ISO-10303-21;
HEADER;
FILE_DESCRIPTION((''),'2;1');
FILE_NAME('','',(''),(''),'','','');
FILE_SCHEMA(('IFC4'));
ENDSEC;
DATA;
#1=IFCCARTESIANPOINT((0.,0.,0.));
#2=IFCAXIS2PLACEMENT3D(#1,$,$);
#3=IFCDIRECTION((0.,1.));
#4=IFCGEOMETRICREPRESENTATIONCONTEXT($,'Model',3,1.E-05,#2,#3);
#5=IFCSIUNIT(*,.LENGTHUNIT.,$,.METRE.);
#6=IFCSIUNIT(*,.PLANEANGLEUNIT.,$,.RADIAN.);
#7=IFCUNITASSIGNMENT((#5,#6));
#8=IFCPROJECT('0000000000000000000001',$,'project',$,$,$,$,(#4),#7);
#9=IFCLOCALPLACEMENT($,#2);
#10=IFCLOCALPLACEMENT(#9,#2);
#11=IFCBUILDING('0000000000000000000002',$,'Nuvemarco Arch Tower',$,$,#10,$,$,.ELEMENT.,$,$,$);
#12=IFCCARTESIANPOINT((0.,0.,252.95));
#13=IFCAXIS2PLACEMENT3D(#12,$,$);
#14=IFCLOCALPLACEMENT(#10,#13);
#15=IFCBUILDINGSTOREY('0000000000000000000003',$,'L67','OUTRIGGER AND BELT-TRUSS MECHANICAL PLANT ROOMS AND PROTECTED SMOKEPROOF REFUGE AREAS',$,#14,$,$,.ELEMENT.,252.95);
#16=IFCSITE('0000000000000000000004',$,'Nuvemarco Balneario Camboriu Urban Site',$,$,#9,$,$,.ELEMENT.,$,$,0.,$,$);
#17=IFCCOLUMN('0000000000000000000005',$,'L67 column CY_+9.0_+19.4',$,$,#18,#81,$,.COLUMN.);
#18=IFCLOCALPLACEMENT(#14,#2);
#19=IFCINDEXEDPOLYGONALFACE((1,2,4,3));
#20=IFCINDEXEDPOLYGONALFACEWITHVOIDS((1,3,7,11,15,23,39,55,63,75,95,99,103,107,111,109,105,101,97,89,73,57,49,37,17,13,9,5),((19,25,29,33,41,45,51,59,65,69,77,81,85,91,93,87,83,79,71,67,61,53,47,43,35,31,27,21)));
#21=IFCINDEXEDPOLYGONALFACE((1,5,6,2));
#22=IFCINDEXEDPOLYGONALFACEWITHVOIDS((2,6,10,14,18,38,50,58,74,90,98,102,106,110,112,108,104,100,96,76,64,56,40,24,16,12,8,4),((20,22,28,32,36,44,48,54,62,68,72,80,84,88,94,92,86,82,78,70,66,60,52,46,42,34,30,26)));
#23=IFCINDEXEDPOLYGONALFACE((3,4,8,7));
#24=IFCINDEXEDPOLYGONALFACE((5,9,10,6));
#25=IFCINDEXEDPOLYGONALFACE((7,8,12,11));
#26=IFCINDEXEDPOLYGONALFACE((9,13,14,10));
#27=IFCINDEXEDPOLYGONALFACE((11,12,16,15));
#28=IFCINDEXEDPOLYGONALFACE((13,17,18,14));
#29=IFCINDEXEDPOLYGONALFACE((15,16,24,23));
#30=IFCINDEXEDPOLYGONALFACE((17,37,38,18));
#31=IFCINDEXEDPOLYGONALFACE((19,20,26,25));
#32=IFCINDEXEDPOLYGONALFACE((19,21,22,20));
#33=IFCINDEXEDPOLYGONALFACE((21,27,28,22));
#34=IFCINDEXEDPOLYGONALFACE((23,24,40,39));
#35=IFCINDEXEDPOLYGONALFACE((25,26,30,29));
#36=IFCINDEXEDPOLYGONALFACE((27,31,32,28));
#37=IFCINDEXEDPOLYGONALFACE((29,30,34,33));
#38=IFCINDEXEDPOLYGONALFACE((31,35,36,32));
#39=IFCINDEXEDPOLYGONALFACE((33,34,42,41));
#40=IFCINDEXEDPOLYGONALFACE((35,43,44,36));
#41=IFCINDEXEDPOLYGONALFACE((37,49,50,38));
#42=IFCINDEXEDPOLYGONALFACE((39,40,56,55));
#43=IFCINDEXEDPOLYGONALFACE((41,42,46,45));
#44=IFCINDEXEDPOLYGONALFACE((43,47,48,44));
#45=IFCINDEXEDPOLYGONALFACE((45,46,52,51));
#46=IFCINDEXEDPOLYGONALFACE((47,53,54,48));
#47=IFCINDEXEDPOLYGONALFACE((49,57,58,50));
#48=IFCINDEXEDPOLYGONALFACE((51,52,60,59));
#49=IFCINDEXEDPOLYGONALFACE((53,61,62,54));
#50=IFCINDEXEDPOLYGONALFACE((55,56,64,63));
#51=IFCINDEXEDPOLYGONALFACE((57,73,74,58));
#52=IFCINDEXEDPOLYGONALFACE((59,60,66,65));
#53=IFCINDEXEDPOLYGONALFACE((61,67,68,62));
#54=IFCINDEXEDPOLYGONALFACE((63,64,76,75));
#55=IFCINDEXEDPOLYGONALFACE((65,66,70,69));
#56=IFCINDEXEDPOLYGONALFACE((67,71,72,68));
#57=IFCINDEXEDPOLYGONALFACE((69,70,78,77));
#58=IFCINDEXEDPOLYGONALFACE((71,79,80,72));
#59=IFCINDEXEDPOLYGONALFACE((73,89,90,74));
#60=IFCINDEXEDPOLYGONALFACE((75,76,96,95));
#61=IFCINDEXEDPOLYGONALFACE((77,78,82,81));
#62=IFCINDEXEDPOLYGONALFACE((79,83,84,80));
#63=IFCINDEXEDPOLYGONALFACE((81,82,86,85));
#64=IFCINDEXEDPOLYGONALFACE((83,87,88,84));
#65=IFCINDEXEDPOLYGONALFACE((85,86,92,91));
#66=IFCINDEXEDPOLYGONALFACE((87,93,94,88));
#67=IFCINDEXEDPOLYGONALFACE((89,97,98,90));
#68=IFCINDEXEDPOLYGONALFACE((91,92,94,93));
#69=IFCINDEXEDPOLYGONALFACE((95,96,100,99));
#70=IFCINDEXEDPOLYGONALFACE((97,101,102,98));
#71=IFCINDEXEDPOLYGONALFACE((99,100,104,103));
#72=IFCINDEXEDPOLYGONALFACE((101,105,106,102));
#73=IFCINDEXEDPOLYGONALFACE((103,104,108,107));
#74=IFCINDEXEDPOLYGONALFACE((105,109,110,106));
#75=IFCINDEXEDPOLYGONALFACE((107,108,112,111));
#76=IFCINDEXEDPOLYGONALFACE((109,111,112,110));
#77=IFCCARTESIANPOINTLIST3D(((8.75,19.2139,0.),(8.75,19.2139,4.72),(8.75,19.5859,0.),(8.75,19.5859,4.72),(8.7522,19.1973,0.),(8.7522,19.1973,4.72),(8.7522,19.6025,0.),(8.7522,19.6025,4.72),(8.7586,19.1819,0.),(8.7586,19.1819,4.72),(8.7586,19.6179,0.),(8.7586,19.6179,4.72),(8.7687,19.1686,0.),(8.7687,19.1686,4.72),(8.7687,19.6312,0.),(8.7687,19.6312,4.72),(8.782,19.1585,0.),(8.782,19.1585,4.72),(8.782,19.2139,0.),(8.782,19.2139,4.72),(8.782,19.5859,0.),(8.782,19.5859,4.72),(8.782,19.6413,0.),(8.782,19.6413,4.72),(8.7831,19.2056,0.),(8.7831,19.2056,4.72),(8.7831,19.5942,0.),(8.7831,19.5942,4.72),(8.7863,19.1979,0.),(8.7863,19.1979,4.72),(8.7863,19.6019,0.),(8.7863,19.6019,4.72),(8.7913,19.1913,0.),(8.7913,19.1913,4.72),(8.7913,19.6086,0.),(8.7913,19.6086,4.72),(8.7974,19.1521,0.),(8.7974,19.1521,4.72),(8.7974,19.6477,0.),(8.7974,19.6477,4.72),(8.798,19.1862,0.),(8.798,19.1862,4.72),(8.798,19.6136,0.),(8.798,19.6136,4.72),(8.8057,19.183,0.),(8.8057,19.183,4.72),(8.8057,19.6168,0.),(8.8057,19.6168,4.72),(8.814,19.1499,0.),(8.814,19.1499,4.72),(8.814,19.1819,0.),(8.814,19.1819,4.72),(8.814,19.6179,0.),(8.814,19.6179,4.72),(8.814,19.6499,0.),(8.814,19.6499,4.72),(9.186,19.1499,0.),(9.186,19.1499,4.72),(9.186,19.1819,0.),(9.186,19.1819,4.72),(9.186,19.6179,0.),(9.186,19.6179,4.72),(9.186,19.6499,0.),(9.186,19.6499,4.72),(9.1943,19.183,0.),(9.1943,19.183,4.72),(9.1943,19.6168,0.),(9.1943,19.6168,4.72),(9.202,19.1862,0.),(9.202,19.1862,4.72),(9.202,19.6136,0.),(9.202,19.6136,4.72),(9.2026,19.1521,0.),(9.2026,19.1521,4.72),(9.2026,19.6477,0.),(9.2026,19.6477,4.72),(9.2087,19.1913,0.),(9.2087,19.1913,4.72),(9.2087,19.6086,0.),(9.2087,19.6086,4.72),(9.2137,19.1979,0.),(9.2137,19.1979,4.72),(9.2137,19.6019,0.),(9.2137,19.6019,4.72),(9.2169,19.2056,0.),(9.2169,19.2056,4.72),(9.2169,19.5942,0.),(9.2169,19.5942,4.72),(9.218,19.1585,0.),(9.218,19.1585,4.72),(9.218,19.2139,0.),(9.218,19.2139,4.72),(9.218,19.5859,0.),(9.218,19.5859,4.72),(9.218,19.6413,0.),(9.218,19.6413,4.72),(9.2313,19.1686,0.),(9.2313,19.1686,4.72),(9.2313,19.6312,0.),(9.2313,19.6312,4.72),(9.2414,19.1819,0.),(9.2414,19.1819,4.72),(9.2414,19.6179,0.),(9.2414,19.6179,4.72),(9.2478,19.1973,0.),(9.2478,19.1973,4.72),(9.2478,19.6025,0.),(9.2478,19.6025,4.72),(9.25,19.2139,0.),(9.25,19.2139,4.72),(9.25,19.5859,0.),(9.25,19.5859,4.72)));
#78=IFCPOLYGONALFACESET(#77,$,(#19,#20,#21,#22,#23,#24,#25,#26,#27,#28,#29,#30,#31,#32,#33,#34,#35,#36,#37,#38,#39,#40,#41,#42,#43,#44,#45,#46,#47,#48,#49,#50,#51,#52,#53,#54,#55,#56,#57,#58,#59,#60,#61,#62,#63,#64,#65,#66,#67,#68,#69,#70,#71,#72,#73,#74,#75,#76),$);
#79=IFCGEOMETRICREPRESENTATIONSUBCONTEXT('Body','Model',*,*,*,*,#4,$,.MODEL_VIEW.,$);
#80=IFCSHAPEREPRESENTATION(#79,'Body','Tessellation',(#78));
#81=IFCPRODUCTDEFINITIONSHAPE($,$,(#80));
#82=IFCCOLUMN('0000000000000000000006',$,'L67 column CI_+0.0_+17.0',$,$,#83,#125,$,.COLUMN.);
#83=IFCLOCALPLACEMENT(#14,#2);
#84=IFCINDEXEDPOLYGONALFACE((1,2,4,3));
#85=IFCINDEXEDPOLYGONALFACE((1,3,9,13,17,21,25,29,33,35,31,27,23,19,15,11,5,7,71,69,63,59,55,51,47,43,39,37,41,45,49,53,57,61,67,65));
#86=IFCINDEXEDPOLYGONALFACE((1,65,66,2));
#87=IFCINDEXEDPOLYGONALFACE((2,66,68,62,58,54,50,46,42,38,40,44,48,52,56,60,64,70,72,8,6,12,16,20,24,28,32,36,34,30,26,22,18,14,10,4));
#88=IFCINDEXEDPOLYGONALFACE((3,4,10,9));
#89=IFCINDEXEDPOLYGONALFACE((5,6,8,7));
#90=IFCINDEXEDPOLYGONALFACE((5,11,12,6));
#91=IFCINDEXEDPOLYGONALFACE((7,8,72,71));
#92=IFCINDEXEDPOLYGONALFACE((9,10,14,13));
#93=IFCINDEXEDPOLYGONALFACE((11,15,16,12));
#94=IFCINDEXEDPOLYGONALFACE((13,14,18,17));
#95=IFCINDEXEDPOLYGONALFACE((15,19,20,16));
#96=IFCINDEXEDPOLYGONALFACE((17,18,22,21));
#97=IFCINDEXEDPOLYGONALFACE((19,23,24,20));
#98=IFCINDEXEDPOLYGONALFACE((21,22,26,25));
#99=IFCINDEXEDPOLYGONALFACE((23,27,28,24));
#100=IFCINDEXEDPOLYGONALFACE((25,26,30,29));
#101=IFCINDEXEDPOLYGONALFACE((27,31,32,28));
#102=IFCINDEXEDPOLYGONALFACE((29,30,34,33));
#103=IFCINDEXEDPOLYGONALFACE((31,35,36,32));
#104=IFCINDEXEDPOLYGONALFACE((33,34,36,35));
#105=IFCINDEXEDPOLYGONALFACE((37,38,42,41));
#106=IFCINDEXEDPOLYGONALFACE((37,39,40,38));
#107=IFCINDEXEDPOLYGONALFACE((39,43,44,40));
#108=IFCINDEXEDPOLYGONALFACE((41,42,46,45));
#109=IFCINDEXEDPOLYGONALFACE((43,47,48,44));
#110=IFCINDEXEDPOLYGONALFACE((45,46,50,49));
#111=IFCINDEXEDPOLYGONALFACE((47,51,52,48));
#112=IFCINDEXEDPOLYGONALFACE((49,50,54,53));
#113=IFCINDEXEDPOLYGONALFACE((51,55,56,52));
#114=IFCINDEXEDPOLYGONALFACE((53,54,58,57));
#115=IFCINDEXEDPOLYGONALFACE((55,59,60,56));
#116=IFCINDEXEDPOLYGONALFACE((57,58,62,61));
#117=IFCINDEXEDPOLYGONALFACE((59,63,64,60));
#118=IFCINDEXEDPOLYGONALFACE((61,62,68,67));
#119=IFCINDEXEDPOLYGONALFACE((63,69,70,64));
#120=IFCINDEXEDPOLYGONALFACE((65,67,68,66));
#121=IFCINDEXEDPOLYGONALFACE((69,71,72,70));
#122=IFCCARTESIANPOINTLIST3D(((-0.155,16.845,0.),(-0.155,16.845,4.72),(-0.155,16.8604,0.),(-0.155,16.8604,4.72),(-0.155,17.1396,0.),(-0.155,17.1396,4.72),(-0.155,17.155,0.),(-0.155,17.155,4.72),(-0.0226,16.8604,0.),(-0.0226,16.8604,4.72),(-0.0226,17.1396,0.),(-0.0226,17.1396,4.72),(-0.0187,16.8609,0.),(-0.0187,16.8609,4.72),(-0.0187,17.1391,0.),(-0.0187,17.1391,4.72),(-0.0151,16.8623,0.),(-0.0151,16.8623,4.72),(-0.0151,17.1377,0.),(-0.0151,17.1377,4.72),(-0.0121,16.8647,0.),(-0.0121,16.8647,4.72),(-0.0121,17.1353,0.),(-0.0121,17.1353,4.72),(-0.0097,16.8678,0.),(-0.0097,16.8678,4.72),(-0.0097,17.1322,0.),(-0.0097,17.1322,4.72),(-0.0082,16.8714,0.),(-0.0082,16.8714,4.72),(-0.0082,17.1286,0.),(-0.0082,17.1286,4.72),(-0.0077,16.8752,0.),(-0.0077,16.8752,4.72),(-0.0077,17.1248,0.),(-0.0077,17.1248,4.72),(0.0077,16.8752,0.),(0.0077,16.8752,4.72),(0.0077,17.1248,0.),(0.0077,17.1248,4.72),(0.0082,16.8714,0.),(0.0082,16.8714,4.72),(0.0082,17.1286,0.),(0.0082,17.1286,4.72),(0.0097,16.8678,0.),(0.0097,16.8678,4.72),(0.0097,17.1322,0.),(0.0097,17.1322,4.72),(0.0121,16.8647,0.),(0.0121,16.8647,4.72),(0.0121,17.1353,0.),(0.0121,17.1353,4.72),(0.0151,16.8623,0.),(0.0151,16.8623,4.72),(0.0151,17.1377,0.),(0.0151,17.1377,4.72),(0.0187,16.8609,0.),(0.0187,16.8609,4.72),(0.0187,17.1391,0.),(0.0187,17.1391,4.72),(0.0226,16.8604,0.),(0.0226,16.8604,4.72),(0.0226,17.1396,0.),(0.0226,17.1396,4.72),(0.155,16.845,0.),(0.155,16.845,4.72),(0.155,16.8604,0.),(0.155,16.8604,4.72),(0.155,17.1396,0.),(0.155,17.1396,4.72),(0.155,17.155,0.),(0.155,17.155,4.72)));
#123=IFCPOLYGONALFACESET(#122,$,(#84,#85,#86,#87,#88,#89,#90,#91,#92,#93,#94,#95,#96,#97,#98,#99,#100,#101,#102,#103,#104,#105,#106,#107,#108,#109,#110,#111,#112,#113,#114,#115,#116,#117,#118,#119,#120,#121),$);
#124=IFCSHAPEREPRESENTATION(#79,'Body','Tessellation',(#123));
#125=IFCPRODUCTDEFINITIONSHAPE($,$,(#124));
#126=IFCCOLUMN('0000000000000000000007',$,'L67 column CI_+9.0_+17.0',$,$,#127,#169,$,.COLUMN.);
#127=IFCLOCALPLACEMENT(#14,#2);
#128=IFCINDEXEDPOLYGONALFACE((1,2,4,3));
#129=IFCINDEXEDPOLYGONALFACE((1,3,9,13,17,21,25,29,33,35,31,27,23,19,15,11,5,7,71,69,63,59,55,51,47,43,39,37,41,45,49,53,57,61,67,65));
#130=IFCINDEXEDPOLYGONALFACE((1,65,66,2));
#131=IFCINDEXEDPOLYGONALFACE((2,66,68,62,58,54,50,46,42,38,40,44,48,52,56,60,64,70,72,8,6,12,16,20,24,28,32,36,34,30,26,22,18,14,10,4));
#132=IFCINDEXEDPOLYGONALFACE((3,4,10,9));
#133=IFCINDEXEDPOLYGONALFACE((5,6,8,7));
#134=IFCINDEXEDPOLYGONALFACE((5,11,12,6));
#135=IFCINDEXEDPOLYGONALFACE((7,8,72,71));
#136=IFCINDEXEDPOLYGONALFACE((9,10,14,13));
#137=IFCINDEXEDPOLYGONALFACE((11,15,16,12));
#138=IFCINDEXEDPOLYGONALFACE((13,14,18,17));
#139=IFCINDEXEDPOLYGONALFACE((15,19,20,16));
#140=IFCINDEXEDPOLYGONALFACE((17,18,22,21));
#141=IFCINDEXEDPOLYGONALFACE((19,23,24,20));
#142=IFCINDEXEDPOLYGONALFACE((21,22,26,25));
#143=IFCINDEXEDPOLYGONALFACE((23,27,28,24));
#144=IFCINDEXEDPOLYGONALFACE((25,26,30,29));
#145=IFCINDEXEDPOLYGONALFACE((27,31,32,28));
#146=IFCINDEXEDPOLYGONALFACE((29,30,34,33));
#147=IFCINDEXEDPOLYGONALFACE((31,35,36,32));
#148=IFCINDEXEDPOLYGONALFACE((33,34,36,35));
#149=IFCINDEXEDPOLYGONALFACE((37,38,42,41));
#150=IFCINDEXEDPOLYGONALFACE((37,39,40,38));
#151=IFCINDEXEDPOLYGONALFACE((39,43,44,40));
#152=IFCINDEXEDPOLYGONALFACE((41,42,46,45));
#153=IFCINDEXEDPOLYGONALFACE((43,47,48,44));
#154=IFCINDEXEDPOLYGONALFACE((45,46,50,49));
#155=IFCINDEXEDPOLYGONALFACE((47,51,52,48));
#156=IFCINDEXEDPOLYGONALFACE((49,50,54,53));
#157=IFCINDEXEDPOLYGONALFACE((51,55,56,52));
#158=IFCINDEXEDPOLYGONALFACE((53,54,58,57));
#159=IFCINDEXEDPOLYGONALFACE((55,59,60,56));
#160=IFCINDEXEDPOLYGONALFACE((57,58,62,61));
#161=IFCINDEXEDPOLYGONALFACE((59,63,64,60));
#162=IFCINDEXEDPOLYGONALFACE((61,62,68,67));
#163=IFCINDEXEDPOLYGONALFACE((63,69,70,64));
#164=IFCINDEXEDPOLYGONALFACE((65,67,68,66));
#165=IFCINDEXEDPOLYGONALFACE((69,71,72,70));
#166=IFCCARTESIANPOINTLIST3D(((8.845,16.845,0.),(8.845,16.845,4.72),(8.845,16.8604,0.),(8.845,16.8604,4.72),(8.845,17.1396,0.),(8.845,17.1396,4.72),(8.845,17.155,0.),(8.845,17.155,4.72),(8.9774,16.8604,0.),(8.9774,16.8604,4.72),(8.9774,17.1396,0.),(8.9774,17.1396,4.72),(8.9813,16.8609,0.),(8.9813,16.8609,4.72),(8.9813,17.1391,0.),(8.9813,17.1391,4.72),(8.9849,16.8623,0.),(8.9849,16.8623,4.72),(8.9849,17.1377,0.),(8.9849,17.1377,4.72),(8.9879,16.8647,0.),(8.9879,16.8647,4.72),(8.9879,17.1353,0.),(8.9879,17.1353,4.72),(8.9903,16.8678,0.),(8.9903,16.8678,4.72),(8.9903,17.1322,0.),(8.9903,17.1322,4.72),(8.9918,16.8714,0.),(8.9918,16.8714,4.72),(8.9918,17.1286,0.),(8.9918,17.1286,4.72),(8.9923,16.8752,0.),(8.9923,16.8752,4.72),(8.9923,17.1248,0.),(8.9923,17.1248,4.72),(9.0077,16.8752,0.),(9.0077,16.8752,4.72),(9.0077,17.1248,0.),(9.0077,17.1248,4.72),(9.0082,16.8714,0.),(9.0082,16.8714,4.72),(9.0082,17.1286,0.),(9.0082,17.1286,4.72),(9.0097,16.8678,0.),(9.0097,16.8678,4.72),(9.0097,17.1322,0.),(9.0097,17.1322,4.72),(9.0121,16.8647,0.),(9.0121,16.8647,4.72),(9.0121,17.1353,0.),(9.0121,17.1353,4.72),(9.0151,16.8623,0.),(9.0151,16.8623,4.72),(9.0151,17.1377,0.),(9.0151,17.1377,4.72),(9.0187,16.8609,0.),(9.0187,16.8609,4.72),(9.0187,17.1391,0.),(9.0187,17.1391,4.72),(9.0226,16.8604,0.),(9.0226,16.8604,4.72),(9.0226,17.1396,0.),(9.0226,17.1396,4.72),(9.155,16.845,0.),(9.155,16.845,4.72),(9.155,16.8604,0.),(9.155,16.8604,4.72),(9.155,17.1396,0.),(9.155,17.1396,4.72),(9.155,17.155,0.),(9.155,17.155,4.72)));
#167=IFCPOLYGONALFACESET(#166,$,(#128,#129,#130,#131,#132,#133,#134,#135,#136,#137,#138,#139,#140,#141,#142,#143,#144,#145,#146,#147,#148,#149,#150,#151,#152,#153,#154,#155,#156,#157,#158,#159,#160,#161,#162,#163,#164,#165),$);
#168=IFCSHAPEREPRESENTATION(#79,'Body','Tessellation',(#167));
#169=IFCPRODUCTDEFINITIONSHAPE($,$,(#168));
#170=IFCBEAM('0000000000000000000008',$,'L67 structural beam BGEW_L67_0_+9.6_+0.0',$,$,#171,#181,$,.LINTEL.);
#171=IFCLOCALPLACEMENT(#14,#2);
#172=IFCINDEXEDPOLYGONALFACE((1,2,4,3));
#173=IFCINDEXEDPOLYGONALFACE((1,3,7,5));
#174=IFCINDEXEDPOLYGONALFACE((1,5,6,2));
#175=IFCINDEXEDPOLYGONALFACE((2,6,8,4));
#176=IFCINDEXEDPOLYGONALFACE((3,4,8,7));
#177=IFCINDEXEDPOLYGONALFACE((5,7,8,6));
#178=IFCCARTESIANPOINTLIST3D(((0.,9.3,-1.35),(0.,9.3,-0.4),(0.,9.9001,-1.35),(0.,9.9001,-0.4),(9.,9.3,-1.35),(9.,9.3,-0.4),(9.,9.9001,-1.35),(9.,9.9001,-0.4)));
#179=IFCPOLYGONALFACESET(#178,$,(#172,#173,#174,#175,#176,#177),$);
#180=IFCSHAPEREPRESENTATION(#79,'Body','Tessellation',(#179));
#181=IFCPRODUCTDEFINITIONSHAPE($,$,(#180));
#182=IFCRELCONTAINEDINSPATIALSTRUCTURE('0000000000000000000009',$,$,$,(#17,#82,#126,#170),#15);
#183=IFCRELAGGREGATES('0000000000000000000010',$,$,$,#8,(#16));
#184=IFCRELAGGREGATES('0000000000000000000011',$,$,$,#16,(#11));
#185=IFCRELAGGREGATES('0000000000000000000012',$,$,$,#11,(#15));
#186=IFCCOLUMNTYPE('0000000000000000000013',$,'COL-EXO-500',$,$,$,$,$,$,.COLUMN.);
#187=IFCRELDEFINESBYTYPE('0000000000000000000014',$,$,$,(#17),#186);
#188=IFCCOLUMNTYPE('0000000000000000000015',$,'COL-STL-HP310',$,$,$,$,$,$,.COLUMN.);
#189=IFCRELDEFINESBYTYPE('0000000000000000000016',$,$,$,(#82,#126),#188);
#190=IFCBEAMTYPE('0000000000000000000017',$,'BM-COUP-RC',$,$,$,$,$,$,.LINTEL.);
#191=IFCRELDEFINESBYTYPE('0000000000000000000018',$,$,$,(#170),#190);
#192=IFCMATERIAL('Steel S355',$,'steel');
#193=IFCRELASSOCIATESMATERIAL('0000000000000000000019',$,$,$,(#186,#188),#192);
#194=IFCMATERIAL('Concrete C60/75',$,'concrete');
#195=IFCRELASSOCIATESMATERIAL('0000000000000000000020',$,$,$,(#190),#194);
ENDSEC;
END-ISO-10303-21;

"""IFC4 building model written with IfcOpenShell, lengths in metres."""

from ifc_helpers import new_model, si_unit, direction, frame, origin, origin_2d, place, context, subcontext, project, spatial, rectangle, hollow_rectangle, i_section, extrude, material, material_profile, profile_set, type_object, element, save


model = new_model("IFC4")

# Units and contexts
model_context = context("Model", 3, precision=1e-05, world=origin(), true_north=direction((0.0, 1.0)))
body_context = subcontext(model_context, "Body", "Model", "MODEL_VIEW")
ifc_project = project(units=[si_unit("LENGTHUNIT", "METRE"), si_unit("PLANEANGLEUNIT", "RADIAN")], contexts=[model_context])

# Site, building, storey
site_placement = place(None, origin())
site = spatial("IfcSite", under=ifc_project, at=site_placement, Name="Nuvemarco Balneario Camboriu Urban Site", CompositionType="ELEMENT", RefElevation=0.0)
building_placement = place(site_placement, origin())
building = spatial("IfcBuilding", under=site, at=building_placement, Name="Nuvemarco Arch Tower", CompositionType="ELEMENT")
storey_placement = place(building_placement, frame((0.0, 0.0, 252.95)))
storey = spatial("IfcBuildingStorey", under=building, at=storey_placement, Name="L67", Description="OUTRIGGER AND BELT-TRUSS MECHANICAL PLANT ROOMS AND PROTECTED SMOKEPROOF REFUGE AREAS", CompositionType="ELEMENT", Elevation=252.95)

# Columns
ifc_material_1 = material(Name="Steel S355", Category="steel")
ifc_material_profile_1 = material_profile(ifc_material_1, hollow_rectangle(XDim=0.5, YDim=0.5, WallThickness=0.032, InnerFilletRadius=0.032, OuterFilletRadius=0.064, at=origin_2d()), Name="SHS500x500x32")
ifc_profile_set_1 = profile_set([ifc_material_profile_1], Name="Steel S355")
column_type_1 = type_object("IfcColumnType", Name="COL-EXO-500", PredefinedType="COLUMN", material=ifc_profile_set_1)
for number, where, z_axis, x_axis, name in (
    (1, (9.0, 19.3999, 0.0), (0.0, 0.0, 1.0), (1.0, 0.0, 0.0), "L67 column CY_+9.0_+19.4"),
):
    element("IfcColumn", number, at=place(storey_placement, frame(where, z_axis=z_axis, x_axis=x_axis)), inside=storey, type_object=column_type_1, Name=name, PredefinedType="COLUMN", context=body_context, shape_type="SweptSolid", body=[
        extrude(hollow_rectangle(XDim=0.5, YDim=0.5, WallThickness=0.032, InnerFilletRadius=0.032, OuterFilletRadius=0.064, at=origin_2d()), origin(), (0.0, 0.0, 1.0), 4.72),
    ])
ifc_material_profile_2 = material_profile(ifc_material_1, i_section(OverallWidth=0.3101, OverallDepth=0.3101, WebThickness=0.0154, FlangeThickness=0.0154, FilletRadius=0.0149, at=origin_2d()), Name="HP310x110")
ifc_profile_set_2 = profile_set([ifc_material_profile_2], Name="Steel S355")
column_type_2 = type_object("IfcColumnType", Name="COL-STL-HP310", PredefinedType="COLUMN", material=ifc_profile_set_2)
for number, where, z_axis, x_axis, name in (
    (2, (0.0, 17.0, 0.0), (0.0, 0.0, 1.0), (1.0, 0.0, 0.0), "L67 column CI_+0.0_+17.0"),
    (3, (9.0, 17.0, 0.0), (0.0, 0.0, 1.0), (1.0, 0.0, 0.0), "L67 column CI_+9.0_+17.0"),
):
    element("IfcColumn", number, at=place(storey_placement, frame(where, z_axis=z_axis, x_axis=x_axis)), inside=storey, type_object=column_type_2, Name=name, PredefinedType="COLUMN", context=body_context, shape_type="SweptSolid", body=[
        extrude(i_section(OverallWidth=0.3101, OverallDepth=0.3101, WebThickness=0.0154, FlangeThickness=0.0154, FilletRadius=0.0149, at=origin_2d()), origin(), (0.0, 0.0, 1.0), 4.72),
    ])

# Beam
ifc_material_2 = material(Name="Concrete C60/75", Category="concrete")
ifc_material_profile_3 = material_profile(ifc_material_2, rectangle(XDim=0.6001, YDim=0.95, at=origin_2d()), Name="RC-BM-600x950")
ifc_profile_set_3 = profile_set([ifc_material_profile_3], Name="Concrete C60/75")
beam_type_1 = type_object("IfcBeamType", Name="BM-COUP-RC", PredefinedType="LINTEL", material=ifc_profile_set_3)
beam_1_placement = place(storey_placement, frame((0.0, 9.6001, -0.875), z_axis=(1.0, 0.0, 0.0), x_axis=(0.0, 1.0, 0.0)))
element("IfcBeam", 4, at=beam_1_placement, inside=storey, type_object=beam_type_1, Name="L67 structural beam BGEW_L67_0_+9.6_+0.0", PredefinedType="LINTEL", context=body_context, shape_type="SweptSolid", body=[
    extrude(rectangle(XDim=0.6001, YDim=0.95, at=origin_2d()), origin(), (0.0, 0.0, 1.0), 9.0),
])

save(model, "model.ifc")
